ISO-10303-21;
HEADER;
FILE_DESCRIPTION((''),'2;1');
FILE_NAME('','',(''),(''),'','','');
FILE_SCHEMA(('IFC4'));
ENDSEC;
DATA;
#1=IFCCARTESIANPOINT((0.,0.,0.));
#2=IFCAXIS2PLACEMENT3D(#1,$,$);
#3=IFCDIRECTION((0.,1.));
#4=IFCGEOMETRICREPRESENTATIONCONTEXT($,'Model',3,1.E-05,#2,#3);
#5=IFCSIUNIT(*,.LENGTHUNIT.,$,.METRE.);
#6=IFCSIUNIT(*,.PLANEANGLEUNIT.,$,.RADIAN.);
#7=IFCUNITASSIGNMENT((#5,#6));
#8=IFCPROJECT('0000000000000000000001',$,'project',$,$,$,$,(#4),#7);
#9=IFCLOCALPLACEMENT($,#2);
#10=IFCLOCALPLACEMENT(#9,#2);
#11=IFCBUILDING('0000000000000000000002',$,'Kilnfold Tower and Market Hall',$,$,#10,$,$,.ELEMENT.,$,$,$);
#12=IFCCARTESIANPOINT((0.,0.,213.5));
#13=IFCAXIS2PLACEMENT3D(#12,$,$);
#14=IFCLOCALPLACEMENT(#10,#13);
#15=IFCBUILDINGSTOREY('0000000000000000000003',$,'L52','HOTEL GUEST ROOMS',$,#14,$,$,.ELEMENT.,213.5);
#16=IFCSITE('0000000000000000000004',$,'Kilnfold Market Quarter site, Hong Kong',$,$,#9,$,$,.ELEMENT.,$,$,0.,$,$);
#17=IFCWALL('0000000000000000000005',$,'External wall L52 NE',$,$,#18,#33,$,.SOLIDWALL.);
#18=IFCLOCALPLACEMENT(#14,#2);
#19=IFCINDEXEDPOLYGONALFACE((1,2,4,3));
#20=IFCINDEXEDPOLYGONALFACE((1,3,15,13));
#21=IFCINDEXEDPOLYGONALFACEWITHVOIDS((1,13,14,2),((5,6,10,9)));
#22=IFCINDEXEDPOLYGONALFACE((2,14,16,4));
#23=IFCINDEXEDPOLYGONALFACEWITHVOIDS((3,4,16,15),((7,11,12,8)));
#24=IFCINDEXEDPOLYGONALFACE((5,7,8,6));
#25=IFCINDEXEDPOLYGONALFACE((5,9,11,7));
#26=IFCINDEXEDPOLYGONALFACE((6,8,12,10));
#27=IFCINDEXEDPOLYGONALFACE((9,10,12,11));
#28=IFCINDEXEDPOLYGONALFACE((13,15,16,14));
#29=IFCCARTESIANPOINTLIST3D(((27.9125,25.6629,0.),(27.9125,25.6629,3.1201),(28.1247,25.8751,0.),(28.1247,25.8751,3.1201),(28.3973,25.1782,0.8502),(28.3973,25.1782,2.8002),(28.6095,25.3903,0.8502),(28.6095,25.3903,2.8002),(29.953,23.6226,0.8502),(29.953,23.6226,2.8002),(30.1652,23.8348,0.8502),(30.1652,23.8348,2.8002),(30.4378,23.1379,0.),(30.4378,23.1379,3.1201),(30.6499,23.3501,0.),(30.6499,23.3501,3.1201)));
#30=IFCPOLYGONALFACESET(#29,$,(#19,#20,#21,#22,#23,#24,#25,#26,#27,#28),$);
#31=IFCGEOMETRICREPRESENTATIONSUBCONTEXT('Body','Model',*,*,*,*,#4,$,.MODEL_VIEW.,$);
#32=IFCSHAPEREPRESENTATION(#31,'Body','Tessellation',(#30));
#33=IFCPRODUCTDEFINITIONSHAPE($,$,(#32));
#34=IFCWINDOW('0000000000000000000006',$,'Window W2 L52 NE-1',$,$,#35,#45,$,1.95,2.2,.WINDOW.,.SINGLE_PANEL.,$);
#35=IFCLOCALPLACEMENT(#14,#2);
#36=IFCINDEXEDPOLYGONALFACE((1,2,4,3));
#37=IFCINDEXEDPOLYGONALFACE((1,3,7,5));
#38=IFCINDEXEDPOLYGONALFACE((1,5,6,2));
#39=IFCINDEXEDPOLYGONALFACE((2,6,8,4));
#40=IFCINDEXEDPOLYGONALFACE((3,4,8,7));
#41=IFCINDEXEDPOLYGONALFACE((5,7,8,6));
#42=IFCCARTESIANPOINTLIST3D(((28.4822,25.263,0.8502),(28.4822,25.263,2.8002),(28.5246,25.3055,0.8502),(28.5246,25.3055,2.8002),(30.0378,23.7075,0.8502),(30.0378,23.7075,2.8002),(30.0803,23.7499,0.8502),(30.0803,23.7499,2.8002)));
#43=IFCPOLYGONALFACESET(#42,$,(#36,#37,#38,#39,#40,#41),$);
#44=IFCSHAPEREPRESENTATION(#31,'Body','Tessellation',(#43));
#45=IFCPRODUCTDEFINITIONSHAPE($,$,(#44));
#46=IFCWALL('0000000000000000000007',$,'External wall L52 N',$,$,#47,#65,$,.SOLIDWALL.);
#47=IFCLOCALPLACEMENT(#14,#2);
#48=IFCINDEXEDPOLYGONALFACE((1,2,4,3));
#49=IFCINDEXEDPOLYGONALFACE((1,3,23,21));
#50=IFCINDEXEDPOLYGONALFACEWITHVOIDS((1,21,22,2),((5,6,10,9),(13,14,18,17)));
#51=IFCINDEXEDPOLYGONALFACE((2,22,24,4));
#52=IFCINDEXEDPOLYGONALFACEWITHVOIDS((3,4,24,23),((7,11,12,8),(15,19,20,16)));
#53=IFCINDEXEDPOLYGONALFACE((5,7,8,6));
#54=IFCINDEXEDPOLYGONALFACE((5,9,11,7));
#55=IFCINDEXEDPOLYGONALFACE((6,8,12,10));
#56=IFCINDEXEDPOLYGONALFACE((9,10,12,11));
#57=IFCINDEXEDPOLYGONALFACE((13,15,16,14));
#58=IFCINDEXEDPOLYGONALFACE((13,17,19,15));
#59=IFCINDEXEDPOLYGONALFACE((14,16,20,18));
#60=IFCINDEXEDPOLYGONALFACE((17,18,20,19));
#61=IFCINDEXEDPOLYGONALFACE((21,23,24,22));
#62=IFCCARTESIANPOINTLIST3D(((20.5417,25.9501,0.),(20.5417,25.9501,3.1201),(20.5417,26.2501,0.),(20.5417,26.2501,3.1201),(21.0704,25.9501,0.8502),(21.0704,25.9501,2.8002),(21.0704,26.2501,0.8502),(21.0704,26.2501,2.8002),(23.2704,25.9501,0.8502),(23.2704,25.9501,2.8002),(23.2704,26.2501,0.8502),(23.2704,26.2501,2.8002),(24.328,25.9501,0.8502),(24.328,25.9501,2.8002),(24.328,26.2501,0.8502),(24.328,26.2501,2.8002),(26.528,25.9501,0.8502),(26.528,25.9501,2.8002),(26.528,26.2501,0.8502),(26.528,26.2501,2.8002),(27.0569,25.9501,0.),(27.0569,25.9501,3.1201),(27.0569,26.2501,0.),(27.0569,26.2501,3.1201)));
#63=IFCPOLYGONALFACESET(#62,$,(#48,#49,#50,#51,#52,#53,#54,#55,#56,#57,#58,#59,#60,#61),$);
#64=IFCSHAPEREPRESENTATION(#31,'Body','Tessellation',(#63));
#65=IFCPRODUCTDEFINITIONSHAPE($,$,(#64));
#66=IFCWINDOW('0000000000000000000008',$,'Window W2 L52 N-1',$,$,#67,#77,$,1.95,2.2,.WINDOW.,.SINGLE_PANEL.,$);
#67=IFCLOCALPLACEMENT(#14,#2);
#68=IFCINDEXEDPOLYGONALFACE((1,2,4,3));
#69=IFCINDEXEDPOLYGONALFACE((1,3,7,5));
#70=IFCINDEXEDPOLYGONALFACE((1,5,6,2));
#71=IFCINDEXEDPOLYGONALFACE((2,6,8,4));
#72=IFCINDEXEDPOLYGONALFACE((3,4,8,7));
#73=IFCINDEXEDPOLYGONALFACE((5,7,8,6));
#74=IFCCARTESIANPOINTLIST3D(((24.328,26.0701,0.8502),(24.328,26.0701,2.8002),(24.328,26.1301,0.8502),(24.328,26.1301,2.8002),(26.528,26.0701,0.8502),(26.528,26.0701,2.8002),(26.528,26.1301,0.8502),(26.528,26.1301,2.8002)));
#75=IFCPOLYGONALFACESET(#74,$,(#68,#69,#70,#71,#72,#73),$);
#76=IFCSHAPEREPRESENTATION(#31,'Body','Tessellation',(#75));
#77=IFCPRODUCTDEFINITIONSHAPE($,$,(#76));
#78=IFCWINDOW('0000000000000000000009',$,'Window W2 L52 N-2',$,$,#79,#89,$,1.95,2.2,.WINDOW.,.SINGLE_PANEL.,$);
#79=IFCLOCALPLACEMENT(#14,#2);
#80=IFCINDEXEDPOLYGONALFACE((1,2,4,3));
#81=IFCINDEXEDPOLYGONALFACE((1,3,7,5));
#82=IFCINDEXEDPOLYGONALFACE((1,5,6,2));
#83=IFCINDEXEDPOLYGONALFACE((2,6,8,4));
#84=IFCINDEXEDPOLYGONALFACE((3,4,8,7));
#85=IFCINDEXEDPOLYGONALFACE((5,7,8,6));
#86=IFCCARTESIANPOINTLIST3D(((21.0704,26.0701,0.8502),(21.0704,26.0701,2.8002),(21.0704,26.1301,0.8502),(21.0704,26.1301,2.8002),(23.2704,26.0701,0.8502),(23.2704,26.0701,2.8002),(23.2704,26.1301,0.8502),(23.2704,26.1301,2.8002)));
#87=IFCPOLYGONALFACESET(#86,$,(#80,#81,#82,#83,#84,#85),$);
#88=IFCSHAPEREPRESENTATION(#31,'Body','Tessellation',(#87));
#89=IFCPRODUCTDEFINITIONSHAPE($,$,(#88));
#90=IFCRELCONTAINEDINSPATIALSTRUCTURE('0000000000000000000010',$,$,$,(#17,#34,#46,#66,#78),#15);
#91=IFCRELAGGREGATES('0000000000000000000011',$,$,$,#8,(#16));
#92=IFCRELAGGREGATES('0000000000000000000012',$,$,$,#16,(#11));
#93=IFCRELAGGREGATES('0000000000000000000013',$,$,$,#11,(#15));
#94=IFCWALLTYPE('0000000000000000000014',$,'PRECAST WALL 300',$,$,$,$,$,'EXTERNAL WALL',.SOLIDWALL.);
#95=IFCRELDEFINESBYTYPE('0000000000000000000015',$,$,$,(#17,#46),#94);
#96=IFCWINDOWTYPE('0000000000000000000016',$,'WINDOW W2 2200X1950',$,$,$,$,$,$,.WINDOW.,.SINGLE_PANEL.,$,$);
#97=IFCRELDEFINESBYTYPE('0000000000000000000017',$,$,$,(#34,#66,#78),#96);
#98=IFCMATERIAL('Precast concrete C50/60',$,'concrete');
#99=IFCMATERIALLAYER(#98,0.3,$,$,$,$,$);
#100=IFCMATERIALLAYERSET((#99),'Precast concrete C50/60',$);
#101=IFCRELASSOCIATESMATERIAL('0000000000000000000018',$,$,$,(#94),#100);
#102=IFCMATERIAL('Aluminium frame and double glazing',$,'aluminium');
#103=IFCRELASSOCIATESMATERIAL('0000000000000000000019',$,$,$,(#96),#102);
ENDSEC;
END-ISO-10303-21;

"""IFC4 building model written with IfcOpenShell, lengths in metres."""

from ifc_helpers import new_model, si_unit, direction, frame, frame_2d, origin, place, context, subcontext, project, spatial, rectangle, extrude, source, transform, mapped, material, layer, layer_set, type_object, element, fill, save


model = new_model("IFC4")

# Units and contexts
model_context = context("Model", 3, precision=1e-05, world=origin(), true_north=direction((0.0, 1.0)))
body_context = subcontext(model_context, "Body", "Model", "MODEL_VIEW")
ifc_project = project(units=[si_unit("LENGTHUNIT", "METRE"), si_unit("PLANEANGLEUNIT", "RADIAN")], contexts=[model_context])

# Site, building, storey
site_placement = place(None, origin())
site = spatial("IfcSite", under=ifc_project, at=site_placement, Name="Kilnfold Market Quarter site, Hong Kong", CompositionType="ELEMENT", RefElevation=0.0)
building_placement = place(site_placement, origin())
building = spatial("IfcBuilding", under=site, at=building_placement, Name="Kilnfold Tower and Market Hall", CompositionType="ELEMENT")
storey_placement = place(building_placement, frame((0.0, 0.0, 213.5)))
storey = spatial("IfcBuildingStorey", under=building, at=storey_placement, Name="L52", Description="HOTEL GUEST ROOMS", CompositionType="ELEMENT", Elevation=213.5)

# Shared definitions
ifc_material_1 = material(Name="Precast concrete C50/60", Category="concrete")
ifc_layer_1 = layer(ifc_material_1, 0.3)
ifc_layer_set_1 = layer_set([ifc_layer_1], Name="Precast concrete C50/60")
wall_type_1 = type_object("IfcWallType", Name="PRECAST WALL 300", ElementType="EXTERNAL WALL", PredefinedType="SOLIDWALL", material=ifc_layer_set_1)
ifc_material_2 = material(Name="Aluminium frame and double glazing", Category="aluminium")
window_type = type_object("IfcWindowType", Name="WINDOW W2 2200X1950", PartitioningType="SINGLE_PANEL", PredefinedType="WINDOW", material=ifc_material_2)

# Wall, opening, window
shared_shape_1 = source(origin(), body_context, "Body", "SweptSolid", [
    extrude(rectangle(XDim=3.571, YDim=0.3, at=frame_2d((1.7856, 0.0))), origin(), (0.0, 0.0, 1.0), 3.1201),
])
wall_1_placement = place(storey_placement, frame((30.5439, 23.2439, 0.0), z_axis=(0.0, 0.0, 1.0), x_axis=(-0.707141, 0.707073, 0.0)))
wall_1 = element("IfcWall", 1, at=wall_1_placement, inside=storey, type_object=wall_type_1, Name="External wall L52 NE", PredefinedType="SOLIDWALL", context=body_context, shape_type="MappedRepresentation", body=[
    mapped(shared_shape_1, transform((0.0, 0.0, 0.0))),
])
opening_1_placement = place(wall_1_placement, frame((0.6855, 0.0, 0.8501)))
opening_1 = element("IfcOpeningElement", 2, at=opening_1_placement, cuts=wall_1, PredefinedType="OPENING", context=body_context, shape_type="SweptSolid", body=[
    extrude(rectangle(XDim=2.2, YDim=1.95, at=frame_2d((1.1001, 0.9751))), frame((0.0, 0.1602, 0.0), z_axis=(0.0, -1.0, 0.0), x_axis=(1.0, 0.0, 0.0)), (0.0, 0.0, 1.0), 0.3201),
])
window_1_placement = place(opening_1_placement, origin())
window_1 = element("IfcWindow", 3, at=window_1_placement, inside=storey, type_object=window_type, Name="Window W2 L52 NE-1", OverallHeight=1.95, OverallWidth=2.2, PartitioningType="SINGLE_PANEL", PredefinedType="WINDOW", context=body_context, shape_type="SweptSolid", body=[
    extrude(rectangle(XDim=2.2, YDim=1.95, at=frame_2d((1.1001, 0.9751))), frame((0.0, 0.03, 0.0), z_axis=(0.0, -1.0, 0.0), x_axis=(1.0, 0.0, 0.0)), (0.0, 0.0, 1.0), 0.0601),
])
fill(opening_1, window_1)

# Wall, openings, windows
shared_shape_2 = source(origin(), body_context, "Body", "SweptSolid", [
    extrude(rectangle(XDim=6.5151, YDim=0.3, at=frame_2d((3.2576, 0.0))), origin(), (0.0, 0.0, 1.0), 3.1201),
])
wall_2_placement = place(storey_placement, frame((27.0569, 26.1001, 0.0), z_axis=(0.0, 0.0, 1.0), x_axis=(-1.0, 0.0, 0.0)))
wall_2 = element("IfcWall", 4, at=wall_2_placement, inside=storey, type_object=wall_type_1, Name="External wall L52 N", PredefinedType="SOLIDWALL", context=body_context, shape_type="MappedRepresentation", body=[
    mapped(shared_shape_2, transform((0.0, 0.0, 0.0))),
])
opening_2_placement = place(wall_2_placement, frame((0.5288, 0.0, 0.8501)))
opening_2 = element("IfcOpeningElement", 5, at=opening_2_placement, cuts=wall_2, PredefinedType="OPENING", context=body_context, shape_type="SweptSolid", body=[
    extrude(rectangle(XDim=2.2, YDim=1.95, at=frame_2d((1.1001, 0.9751))), frame((0.0, 0.1602, 0.0), z_axis=(0.0, -1.0, 0.0), x_axis=(1.0, 0.0, 0.0)), (0.0, 0.0, 1.0), 0.3201),
])
opening_3_placement = place(wall_2_placement, frame((3.7864, 0.0, 0.8501)))
opening_3 = element("IfcOpeningElement", 6, at=opening_3_placement, cuts=wall_2, PredefinedType="OPENING", context=body_context, shape_type="SweptSolid", body=[
    extrude(rectangle(XDim=2.2, YDim=1.95, at=frame_2d((1.1001, 0.9751))), frame((0.0, 0.1602, 0.0), z_axis=(0.0, -1.0, 0.0), x_axis=(1.0, 0.0, 0.0)), (0.0, 0.0, 1.0), 0.3201),
])
window_2_placement = place(opening_2_placement, origin())
window_2 = element("IfcWindow", 7, at=window_2_placement, inside=storey, type_object=window_type, Name="Window W2 L52 N-1", OverallHeight=1.95, OverallWidth=2.2, PartitioningType="SINGLE_PANEL", PredefinedType="WINDOW", context=body_context, shape_type="SweptSolid", body=[
    extrude(rectangle(XDim=2.2, YDim=1.95, at=frame_2d((1.1001, 0.9751))), frame((0.0, 0.03, 0.0), z_axis=(0.0, -1.0, 0.0), x_axis=(1.0, 0.0, 0.0)), (0.0, 0.0, 1.0), 0.0601),
])
fill(opening_2, window_2)
window_3_placement = place(opening_3_placement, origin())
window_3 = element("IfcWindow", 8, at=window_3_placement, inside=storey, type_object=window_type, Name="Window W2 L52 N-2", OverallHeight=1.95, OverallWidth=2.2, PartitioningType="SINGLE_PANEL", PredefinedType="WINDOW", context=body_context, shape_type="SweptSolid", body=[
    extrude(rectangle(XDim=2.2, YDim=1.95, at=frame_2d((1.1001, 0.9751))), frame((0.0, 0.03, 0.0), z_axis=(0.0, -1.0, 0.0), x_axis=(1.0, 0.0, 0.0)), (0.0, 0.0, 1.0), 0.0601),
])
fill(opening_3, window_3)

save(model, "model.ifc")
